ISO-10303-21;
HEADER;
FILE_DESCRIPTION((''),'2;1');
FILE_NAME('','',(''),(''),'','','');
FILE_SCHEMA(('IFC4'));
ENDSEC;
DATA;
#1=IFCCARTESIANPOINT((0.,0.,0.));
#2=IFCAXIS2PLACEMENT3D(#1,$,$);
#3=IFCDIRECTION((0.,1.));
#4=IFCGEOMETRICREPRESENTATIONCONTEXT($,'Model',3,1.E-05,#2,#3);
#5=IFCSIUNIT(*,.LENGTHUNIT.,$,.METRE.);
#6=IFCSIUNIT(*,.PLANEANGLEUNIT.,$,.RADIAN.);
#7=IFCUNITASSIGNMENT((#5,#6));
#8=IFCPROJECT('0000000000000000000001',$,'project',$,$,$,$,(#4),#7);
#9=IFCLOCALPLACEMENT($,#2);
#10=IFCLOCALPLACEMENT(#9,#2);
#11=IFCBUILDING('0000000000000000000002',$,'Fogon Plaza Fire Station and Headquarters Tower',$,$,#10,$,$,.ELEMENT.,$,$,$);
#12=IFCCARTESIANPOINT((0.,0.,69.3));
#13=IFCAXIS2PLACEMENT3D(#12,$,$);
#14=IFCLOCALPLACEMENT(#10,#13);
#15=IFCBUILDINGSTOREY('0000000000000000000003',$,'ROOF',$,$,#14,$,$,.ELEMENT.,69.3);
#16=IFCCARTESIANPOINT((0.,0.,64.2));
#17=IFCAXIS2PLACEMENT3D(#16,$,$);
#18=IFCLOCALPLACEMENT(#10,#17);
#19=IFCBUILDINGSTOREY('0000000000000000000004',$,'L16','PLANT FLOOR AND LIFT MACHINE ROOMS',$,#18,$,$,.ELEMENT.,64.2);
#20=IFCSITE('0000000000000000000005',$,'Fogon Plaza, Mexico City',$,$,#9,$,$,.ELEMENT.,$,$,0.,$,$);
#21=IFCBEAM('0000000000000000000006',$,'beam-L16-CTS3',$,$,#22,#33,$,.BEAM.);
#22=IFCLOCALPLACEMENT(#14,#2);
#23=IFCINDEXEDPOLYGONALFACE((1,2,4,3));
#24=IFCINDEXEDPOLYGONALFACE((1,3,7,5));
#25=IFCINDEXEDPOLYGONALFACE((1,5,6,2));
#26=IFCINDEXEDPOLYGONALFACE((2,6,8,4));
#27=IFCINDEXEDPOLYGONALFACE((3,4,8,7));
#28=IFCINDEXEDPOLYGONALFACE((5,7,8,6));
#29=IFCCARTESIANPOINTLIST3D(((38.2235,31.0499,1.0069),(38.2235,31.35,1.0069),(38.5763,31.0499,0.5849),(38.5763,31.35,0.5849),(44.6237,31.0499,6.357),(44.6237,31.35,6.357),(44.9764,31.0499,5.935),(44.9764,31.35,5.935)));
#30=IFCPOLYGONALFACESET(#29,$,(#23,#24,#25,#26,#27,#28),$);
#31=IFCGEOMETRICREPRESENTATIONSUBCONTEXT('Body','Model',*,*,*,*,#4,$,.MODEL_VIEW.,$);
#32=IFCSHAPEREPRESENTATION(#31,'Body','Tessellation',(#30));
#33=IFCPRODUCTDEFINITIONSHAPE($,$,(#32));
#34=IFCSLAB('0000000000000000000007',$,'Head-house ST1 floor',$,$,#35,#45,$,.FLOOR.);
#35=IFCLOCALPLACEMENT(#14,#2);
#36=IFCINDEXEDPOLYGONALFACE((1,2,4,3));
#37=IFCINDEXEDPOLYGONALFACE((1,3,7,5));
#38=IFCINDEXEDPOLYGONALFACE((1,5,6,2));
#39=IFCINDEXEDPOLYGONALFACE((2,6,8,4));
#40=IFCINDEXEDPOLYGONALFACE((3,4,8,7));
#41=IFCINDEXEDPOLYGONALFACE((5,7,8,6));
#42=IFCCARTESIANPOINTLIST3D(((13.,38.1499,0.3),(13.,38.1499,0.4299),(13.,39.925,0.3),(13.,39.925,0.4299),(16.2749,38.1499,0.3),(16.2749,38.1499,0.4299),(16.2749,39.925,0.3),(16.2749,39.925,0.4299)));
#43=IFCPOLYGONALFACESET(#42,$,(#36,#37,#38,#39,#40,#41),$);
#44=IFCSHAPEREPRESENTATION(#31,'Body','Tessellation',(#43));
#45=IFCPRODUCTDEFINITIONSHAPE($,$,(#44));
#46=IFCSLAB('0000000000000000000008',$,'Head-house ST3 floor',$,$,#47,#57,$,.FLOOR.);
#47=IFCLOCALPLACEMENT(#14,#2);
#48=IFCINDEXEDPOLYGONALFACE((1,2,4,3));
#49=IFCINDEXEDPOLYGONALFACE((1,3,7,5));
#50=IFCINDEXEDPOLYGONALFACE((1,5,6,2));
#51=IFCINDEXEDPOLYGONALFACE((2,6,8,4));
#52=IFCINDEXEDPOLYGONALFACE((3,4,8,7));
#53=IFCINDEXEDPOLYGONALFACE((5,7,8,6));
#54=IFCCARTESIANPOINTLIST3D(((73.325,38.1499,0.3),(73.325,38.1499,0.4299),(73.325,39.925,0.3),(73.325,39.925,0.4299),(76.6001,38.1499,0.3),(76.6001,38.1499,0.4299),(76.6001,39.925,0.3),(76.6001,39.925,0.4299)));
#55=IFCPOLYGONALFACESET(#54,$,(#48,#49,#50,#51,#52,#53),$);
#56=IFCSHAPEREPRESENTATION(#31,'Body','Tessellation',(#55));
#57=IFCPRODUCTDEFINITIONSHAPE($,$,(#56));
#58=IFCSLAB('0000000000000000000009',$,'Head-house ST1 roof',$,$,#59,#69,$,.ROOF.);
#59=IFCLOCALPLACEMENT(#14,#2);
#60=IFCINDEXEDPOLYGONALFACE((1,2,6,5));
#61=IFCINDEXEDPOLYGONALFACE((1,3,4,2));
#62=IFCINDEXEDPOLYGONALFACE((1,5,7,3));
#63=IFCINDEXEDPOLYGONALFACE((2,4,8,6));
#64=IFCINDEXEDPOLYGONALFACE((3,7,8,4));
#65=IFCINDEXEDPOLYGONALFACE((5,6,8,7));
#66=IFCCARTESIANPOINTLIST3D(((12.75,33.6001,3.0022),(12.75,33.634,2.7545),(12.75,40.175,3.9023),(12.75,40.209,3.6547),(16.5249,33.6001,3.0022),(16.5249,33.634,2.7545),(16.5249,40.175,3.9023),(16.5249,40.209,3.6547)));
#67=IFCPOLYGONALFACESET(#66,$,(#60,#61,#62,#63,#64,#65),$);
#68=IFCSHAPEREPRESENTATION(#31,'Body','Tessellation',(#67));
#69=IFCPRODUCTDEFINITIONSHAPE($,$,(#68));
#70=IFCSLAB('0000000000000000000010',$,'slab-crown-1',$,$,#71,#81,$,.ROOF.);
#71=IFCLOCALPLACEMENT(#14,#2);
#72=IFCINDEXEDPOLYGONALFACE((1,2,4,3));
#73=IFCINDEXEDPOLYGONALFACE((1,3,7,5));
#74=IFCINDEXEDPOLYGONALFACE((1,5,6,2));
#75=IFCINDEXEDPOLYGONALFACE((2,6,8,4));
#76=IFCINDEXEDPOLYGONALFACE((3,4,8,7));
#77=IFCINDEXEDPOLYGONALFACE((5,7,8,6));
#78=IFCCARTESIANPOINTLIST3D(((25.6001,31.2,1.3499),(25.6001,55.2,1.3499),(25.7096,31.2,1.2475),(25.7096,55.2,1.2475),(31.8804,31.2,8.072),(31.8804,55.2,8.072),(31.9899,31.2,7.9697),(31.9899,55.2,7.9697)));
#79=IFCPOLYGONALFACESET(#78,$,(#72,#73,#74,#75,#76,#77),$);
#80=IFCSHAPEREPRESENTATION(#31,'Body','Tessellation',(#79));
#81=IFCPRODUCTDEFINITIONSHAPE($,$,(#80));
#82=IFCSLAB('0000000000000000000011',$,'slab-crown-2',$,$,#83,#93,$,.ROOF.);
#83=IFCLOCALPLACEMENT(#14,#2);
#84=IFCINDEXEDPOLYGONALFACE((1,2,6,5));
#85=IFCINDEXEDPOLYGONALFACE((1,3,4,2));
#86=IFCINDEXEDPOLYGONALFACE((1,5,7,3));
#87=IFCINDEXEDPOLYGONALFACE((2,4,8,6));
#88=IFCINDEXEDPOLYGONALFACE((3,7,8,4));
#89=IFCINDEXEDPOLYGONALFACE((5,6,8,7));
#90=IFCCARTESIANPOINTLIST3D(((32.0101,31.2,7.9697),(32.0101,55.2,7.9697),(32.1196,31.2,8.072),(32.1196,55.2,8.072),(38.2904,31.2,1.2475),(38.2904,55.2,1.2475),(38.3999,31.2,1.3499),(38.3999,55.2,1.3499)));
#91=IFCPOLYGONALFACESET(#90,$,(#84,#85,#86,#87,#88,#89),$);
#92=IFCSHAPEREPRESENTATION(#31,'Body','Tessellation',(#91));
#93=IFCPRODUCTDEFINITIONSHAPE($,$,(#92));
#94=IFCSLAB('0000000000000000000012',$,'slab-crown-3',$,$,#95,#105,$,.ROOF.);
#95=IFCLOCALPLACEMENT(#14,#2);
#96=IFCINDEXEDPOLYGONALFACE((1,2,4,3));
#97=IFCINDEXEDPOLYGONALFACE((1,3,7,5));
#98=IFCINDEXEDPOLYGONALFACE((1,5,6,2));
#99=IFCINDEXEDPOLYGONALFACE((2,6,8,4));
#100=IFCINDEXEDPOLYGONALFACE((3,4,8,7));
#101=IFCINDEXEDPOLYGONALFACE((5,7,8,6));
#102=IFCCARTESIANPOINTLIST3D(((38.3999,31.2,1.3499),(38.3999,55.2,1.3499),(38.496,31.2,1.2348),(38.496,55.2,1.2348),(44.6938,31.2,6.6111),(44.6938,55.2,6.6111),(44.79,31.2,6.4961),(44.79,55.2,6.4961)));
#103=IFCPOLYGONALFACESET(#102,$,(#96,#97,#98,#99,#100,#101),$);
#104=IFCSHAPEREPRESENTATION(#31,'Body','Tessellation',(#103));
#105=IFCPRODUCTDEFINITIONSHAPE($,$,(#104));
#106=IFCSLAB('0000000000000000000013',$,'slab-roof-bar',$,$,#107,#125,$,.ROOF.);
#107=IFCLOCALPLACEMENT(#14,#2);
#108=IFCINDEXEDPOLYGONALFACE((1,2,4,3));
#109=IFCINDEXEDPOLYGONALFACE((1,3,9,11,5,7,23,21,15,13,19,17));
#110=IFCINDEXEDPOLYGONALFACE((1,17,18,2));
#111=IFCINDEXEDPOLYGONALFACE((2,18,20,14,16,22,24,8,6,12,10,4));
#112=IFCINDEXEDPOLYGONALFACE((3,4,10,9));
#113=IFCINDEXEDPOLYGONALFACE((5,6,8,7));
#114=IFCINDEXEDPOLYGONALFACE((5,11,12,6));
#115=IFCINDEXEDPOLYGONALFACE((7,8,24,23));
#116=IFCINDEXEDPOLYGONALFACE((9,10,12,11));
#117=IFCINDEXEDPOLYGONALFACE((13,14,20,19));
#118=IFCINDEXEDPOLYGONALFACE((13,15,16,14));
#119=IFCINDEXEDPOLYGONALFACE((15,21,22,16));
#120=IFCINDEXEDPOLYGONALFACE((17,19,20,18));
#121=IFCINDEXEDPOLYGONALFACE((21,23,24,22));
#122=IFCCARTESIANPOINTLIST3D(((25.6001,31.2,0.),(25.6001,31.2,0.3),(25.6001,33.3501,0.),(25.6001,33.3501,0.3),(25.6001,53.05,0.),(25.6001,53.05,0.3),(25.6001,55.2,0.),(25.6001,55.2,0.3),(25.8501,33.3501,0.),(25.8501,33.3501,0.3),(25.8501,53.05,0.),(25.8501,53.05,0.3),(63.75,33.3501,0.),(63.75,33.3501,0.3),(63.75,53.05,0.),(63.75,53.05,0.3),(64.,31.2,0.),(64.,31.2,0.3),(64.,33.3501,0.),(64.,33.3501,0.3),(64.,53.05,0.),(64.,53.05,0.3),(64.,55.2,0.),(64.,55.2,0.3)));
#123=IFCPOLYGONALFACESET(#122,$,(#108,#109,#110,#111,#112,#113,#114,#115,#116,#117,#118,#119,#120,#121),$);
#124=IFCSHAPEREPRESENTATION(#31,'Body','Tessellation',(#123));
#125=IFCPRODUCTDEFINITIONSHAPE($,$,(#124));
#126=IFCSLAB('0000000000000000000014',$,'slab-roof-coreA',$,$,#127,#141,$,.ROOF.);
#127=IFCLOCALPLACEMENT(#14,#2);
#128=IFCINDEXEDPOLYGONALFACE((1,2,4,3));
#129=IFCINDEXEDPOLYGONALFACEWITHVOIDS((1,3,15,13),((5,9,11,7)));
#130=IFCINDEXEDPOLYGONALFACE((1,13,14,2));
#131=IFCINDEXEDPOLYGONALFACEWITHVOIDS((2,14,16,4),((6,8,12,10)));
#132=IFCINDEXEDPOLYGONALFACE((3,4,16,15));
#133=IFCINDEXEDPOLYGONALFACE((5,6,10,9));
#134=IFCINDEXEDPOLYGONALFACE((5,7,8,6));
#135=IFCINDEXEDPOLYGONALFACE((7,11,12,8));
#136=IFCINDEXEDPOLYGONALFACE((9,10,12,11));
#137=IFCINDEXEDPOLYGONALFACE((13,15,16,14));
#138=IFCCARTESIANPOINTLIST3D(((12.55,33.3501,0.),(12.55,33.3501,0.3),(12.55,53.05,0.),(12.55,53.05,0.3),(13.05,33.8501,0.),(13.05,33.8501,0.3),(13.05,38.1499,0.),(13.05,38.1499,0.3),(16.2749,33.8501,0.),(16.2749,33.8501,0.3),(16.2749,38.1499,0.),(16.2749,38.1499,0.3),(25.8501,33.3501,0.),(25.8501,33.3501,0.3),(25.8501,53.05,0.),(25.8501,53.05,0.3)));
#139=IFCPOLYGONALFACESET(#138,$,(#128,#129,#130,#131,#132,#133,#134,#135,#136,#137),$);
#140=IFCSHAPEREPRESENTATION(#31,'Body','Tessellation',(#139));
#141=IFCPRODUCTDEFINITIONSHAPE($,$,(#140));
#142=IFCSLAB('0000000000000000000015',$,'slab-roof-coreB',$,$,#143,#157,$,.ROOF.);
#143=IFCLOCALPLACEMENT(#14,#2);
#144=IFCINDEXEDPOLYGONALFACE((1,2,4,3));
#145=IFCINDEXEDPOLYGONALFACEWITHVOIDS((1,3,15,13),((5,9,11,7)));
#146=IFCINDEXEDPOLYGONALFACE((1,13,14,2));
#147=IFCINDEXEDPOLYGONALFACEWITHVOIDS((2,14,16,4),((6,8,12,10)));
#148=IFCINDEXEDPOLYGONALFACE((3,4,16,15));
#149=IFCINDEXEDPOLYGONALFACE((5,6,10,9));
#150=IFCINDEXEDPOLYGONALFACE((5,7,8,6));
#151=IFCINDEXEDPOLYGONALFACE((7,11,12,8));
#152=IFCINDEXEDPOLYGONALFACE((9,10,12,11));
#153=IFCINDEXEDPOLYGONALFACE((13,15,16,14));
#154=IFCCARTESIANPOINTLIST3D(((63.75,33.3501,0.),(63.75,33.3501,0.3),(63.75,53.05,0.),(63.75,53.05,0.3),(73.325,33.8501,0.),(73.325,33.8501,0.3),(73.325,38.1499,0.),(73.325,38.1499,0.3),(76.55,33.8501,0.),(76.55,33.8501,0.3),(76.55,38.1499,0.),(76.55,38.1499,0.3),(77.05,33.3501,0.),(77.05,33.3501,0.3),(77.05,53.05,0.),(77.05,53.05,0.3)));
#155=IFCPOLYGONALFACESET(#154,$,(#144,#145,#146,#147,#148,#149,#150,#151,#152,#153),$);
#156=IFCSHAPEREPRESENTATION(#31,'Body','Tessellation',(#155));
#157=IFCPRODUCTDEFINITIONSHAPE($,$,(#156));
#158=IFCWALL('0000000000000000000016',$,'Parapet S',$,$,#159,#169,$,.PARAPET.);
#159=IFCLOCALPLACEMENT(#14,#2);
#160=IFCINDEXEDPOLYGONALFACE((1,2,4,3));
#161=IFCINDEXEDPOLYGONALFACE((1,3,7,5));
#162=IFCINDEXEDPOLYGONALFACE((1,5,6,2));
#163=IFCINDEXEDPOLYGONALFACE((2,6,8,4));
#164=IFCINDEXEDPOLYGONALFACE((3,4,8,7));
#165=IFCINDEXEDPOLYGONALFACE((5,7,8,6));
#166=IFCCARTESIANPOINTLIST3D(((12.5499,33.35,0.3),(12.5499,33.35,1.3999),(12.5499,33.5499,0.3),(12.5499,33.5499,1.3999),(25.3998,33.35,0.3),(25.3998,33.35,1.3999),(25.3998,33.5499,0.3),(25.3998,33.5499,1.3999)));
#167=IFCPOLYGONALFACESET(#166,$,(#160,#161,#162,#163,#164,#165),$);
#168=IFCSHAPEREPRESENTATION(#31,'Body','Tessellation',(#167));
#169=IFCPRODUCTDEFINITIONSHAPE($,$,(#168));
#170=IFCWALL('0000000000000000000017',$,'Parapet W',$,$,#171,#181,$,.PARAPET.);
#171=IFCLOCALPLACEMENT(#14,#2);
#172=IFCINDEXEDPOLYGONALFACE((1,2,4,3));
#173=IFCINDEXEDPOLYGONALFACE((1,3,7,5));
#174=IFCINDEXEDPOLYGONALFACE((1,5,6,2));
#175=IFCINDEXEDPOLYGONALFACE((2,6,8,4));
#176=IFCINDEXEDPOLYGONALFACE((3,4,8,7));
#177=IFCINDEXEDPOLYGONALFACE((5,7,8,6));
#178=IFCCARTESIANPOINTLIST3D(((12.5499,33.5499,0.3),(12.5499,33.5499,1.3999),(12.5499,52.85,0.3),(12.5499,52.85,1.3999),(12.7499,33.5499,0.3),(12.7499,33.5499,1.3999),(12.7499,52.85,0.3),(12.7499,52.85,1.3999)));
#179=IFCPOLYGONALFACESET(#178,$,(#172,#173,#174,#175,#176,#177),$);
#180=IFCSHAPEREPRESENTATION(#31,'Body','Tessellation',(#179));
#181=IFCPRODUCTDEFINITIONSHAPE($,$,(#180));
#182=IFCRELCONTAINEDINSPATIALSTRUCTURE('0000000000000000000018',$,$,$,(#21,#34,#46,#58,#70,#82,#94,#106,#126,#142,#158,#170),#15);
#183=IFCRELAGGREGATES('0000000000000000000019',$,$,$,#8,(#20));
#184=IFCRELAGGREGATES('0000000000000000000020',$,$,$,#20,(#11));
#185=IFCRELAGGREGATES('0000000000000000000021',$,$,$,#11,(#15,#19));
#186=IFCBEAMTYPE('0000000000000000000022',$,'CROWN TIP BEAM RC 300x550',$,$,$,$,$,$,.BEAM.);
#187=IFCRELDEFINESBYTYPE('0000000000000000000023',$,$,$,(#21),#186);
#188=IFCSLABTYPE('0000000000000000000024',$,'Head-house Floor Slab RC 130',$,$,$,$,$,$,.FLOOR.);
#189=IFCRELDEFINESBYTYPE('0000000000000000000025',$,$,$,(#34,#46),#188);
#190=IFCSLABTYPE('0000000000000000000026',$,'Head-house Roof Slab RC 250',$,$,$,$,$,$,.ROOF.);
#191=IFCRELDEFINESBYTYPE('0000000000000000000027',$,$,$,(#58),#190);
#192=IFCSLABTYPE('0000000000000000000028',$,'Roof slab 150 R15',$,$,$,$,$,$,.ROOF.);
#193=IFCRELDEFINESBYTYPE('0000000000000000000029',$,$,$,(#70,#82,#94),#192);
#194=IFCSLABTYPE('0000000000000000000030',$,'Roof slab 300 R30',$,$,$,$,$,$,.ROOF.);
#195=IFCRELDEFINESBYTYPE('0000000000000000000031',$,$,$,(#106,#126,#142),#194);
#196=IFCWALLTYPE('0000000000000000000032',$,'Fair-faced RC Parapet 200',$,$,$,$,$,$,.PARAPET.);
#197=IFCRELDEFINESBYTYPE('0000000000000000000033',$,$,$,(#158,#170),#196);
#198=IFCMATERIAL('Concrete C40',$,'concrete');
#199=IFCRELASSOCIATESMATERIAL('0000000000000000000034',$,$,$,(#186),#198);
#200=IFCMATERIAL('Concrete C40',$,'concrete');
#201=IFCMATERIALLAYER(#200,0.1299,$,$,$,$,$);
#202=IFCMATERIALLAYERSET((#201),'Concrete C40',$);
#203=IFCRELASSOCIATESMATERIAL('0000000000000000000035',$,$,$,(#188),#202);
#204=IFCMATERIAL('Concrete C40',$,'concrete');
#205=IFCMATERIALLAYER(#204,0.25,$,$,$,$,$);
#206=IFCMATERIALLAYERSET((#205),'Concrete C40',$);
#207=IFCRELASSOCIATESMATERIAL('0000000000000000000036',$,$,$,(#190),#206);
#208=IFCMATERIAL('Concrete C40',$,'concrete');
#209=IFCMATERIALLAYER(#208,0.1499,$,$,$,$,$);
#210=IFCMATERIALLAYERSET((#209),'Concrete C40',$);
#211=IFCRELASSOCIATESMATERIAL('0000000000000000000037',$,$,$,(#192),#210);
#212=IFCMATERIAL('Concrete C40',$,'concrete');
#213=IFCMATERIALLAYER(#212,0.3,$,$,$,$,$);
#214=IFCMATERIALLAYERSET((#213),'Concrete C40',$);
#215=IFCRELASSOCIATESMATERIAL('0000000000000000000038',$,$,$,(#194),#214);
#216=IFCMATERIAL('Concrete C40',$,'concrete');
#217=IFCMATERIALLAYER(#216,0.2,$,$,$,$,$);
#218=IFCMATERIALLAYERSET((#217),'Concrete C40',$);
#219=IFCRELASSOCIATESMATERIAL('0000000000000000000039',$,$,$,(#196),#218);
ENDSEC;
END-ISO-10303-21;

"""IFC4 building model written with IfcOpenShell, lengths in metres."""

from ifc_helpers import new_model, si_unit, direction, frame, frame_2d, origin, origin_2d, place, context, subcontext, project, spatial, polyline, rectangle, outline, extrude, material, layer, layer_set, material_profile, profile_set, type_object, element, save


model = new_model("IFC4")

# Units and contexts
model_context = context("Model", 3, precision=1e-05, world=origin(), true_north=direction((0.0, 1.0)))
body_context = subcontext(model_context, "Body", "Model", "MODEL_VIEW")
ifc_project = project(units=[si_unit("LENGTHUNIT", "METRE"), si_unit("PLANEANGLEUNIT", "RADIAN")], contexts=[model_context])

# Site, building, storey
site_placement = place(None, origin())
site = spatial("IfcSite", under=ifc_project, at=site_placement, Name="Fogon Plaza, Mexico City", CompositionType="ELEMENT", RefElevation=0.0)
building_placement = place(site_placement, origin())
building = spatial("IfcBuilding", under=site, at=building_placement, Name="Fogon Plaza Fire Station and Headquarters Tower", CompositionType="ELEMENT")
storey_1_placement = place(building_placement, frame((0.0, 0.0, 69.3)))
storey_1 = spatial("IfcBuildingStorey", under=building, at=storey_1_placement, Name="ROOF", CompositionType="ELEMENT", Elevation=69.3)

# Beam
ifc_material_1 = material(Name="Concrete C40", Category="concrete")
ifc_material_profile_1 = material_profile(ifc_material_1, rectangle(XDim=0.3, YDim=0.55, at=origin_2d()), Name="RC 300x550")
ifc_profile_set_1 = profile_set([ifc_material_profile_1], Name="Concrete C40")
beam_type_1 = type_object("IfcBeamType", Name="CROWN TIP BEAM RC 300x550", PredefinedType="BEAM", material=ifc_profile_set_1)
beam_1_placement = place(storey_1_placement, frame((38.3999, 31.2, 0.7959), z_axis=(0.767239, 0.0, 0.641361), x_axis=(0.0, 1.0, 0.0)))
element("IfcBeam", 1, at=beam_1_placement, inside=storey_1, type_object=beam_type_1, Name="beam-L16-CTS3", PredefinedType="BEAM", context=body_context, shape_type="SweptSolid", body=[
    extrude(rectangle(XDim=0.3, YDim=0.55, at=origin_2d()), origin(), (0.0, 0.0, 1.0), 8.3418),
])

# Slabs
ifc_material_2 = material(Name="Concrete C40", Category="concrete")
ifc_layer_1 = layer(ifc_material_2, 0.1299)
ifc_layer_set_1 = layer_set([ifc_layer_1], Name="Concrete C40")
slab_type_1 = type_object("IfcSlabType", Name="Head-house Floor Slab RC 130", PredefinedType="FLOOR", material=ifc_layer_set_1)
slab_1_placement = place(storey_1_placement, frame((0.0, 0.0, 0.3)))
element("IfcSlab", 2, at=slab_1_placement, inside=storey_1, type_object=slab_type_1, Name="Head-house ST1 floor", PredefinedType="FLOOR", context=body_context, shape_type="SweptSolid", body=[
    extrude(outline(polyline([(16.2749, 38.1499), (16.2749, 39.925), (13.0, 39.925), (13.0, 38.1499), (16.2749, 38.1499)])), origin(), (0.0, 0.0, 1.0), 0.1299),
])
slab_2_placement = place(storey_1_placement, frame((0.0, 0.0, 0.3)))
element("IfcSlab", 3, at=slab_2_placement, inside=storey_1, type_object=slab_type_1, Name="Head-house ST3 floor", PredefinedType="FLOOR", context=body_context, shape_type="SweptSolid", body=[
    extrude(outline(polyline([(73.325, 38.1499), (76.6001, 38.1499), (76.6001, 39.925), (73.325, 39.925), (73.325, 38.1499)])), origin(), (0.0, 0.0, 1.0), 0.1299),
])
ifc_material_3 = material(Name="Concrete C40", Category="concrete")
ifc_layer_2 = layer(ifc_material_3, 0.25)
ifc_layer_set_2 = layer_set([ifc_layer_2], Name="Concrete C40")
slab_type_2 = type_object("IfcSlabType", Name="Head-house Roof Slab RC 250", PredefinedType="ROOF", material=ifc_layer_set_2)
slab_3_placement = place(storey_1_placement, frame((12.75, 33.6001, 3.0022), z_axis=(0.0, -0.13564, 0.990758), x_axis=(1.0, 0.0, 0.0)))
element("IfcSlab", 4, at=slab_3_placement, inside=storey_1, type_object=slab_type_2, Name="Head-house ST1 roof", PredefinedType="ROOF", context=body_context, shape_type="SweptSolid", body=[
    extrude(outline(polyline([(0.0, 0.0), (3.7749, 0.0), (3.7749, 6.6363), (0.0, 6.6363), (0.0, 0.0)])), origin(), (0.0, 0.0, -1.0), 0.25),
])
ifc_material_4 = material(Name="Concrete C40", Category="concrete")
ifc_layer_3 = layer(ifc_material_4, 0.1499)
ifc_layer_set_3 = layer_set([ifc_layer_3], Name="Concrete C40")
slab_type_3 = type_object("IfcSlabType", Name="Roof slab 150 R15", PredefinedType="ROOF", material=ifc_layer_set_3)
for number, where, z_axis, x_axis, name in (
    (5, (25.6001, 31.2, 1.3499), (-0.730716, 0.0, 0.682681), (0.682681, 0.0, 0.730716), "slab-crown-1"),
    (6, (32.1196, 31.2, 8.072), (0.730716, 0.0, 0.682681), (0.682681, 0.0, -0.730716), "slab-crown-2"),
):
    element("IfcSlab", number, at=place(storey_1_placement, frame(where, z_axis=z_axis, x_axis=x_axis)), inside=storey_1, type_object=slab_type_3, Name=name, PredefinedType="ROOF", context=body_context, shape_type="SweptSolid", body=[
        extrude(outline(polyline([(0.0, 0.0), (9.1994, 0.0), (9.1994, 24.0), (0.0, 24.0), (0.0, 0.0)])), origin(), (0.0, 0.0, -1.0), 0.1499),
    ])
slab_4_placement = place(storey_1_placement, frame((38.3999, 31.2, 1.3499), z_axis=(-0.641355, 0.0, 0.767245), x_axis=(0.767245, 0.0, 0.641355)))
element("IfcSlab", 7, at=slab_4_placement, inside=storey_1, type_object=slab_type_3, Name="slab-crown-3", PredefinedType="ROOF", context=body_context, shape_type="SweptSolid", body=[
    extrude(outline(polyline([(0.0, 0.0), (8.2033, 0.0), (8.2033, 24.0), (0.0, 24.0), (0.0, 0.0)])), origin(), (0.0, 0.0, -1.0), 0.1499),
])
ifc_material_5 = material(Name="Concrete C40", Category="concrete")
ifc_layer_4 = layer(ifc_material_5, 0.3)
ifc_layer_set_4 = layer_set([ifc_layer_4], Name="Concrete C40")
slab_type_4 = type_object("IfcSlabType", Name="Roof slab 300 R30", PredefinedType="ROOF", material=ifc_layer_set_4)
slab_5_placement = place(storey_1_placement, origin())
element("IfcSlab", 8, at=slab_5_placement, inside=storey_1, type_object=slab_type_4, Name="slab-roof-bar", PredefinedType="ROOF", context=body_context, shape_type="SweptSolid", body=[
    extrude(outline(polyline([(64.0, 31.2), (25.6001, 31.2), (25.6001, 33.3501), (25.8501, 33.3501), (25.8501, 53.05), (25.6001, 53.05), (25.6001, 55.2), (64.0, 55.2), (64.0, 53.05), (63.75, 53.05), (63.75, 33.3501), (64.0, 33.3501), (64.0, 31.2)])), origin(), (0.0, 0.0, 1.0), 0.3),
])
slab_6_placement = place(storey_1_placement, origin())
element("IfcSlab", 9, at=slab_6_placement, inside=storey_1, type_object=slab_type_4, Name="slab-roof-coreA", PredefinedType="ROOF", context=body_context, shape_type="SweptSolid", body=[
    extrude(outline(polyline([(12.55, 33.3501), (12.55, 53.05), (25.8501, 53.05), (25.8501, 33.3501), (12.55, 33.3501)]), holes=[polyline([(16.2749, 38.1499), (13.05, 38.1499), (13.05, 33.8501), (16.2749, 33.8501), (16.2749, 38.1499)])]), origin(), (0.0, 0.0, 1.0), 0.3),
])
slab_7_placement = place(storey_1_placement, origin())
element("IfcSlab", 10, at=slab_7_placement, inside=storey_1, type_object=slab_type_4, Name="slab-roof-coreB", PredefinedType="ROOF", context=body_context, shape_type="SweptSolid", body=[
    extrude(outline(polyline([(63.75, 33.3501), (63.75, 53.05), (77.05, 53.05), (77.05, 33.3501), (63.75, 33.3501)]), holes=[polyline([(76.55, 38.1499), (73.325, 38.1499), (73.325, 33.8501), (76.55, 33.8501), (76.55, 38.1499)])]), origin(), (0.0, 0.0, 1.0), 0.3),
])

# Walls
ifc_material_6 = material(Name="Concrete C40", Category="concrete")
ifc_layer_5 = layer(ifc_material_6, 0.2)
ifc_layer_set_5 = layer_set([ifc_layer_5], Name="Concrete C40")
wall_type_1 = type_object("IfcWallType", Name="Fair-faced RC Parapet 200", PredefinedType="PARAPET", material=ifc_layer_set_5)
wall_1_placement = place(storey_1_placement, frame((12.55, 33.45, 0.3), z_axis=(0.0, 0.0, 1.0), x_axis=(1.0, 0.0, 0.0)))
element("IfcWall", 11, at=wall_1_placement, inside=storey_1, type_object=wall_type_1, Name="Parapet S", PredefinedType="PARAPET", context=body_context, shape_type="SweptSolid", body=[
    extrude(rectangle(XDim=12.8499, YDim=0.2, at=frame_2d((6.4248, 0.0))), origin(), (0.0, 0.0, 1.0), 1.0999),
])
wall_2_placement = place(storey_1_placement, frame((12.6499, 33.55, 0.3), z_axis=(0.0, 0.0, 1.0), x_axis=(0.0, 1.0, 0.0)))
element("IfcWall", 12, at=wall_2_placement, inside=storey_1, type_object=wall_type_1, Name="Parapet W", PredefinedType="PARAPET", context=body_context, shape_type="SweptSolid", body=[
    extrude(rectangle(XDim=19.3, YDim=0.2, at=frame_2d((9.6499, 0.0))), origin(), (0.0, 0.0, 1.0), 1.0999),
])

# Shared definitions
storey_2_placement = place(building_placement, frame((0.0, 0.0, 64.2)))
storey_2 = spatial("IfcBuildingStorey", under=building, at=storey_2_placement, Name="L16", Description="PLANT FLOOR AND LIFT MACHINE ROOMS", CompositionType="ELEMENT", Elevation=64.2)

save(model, "model.ifc")
